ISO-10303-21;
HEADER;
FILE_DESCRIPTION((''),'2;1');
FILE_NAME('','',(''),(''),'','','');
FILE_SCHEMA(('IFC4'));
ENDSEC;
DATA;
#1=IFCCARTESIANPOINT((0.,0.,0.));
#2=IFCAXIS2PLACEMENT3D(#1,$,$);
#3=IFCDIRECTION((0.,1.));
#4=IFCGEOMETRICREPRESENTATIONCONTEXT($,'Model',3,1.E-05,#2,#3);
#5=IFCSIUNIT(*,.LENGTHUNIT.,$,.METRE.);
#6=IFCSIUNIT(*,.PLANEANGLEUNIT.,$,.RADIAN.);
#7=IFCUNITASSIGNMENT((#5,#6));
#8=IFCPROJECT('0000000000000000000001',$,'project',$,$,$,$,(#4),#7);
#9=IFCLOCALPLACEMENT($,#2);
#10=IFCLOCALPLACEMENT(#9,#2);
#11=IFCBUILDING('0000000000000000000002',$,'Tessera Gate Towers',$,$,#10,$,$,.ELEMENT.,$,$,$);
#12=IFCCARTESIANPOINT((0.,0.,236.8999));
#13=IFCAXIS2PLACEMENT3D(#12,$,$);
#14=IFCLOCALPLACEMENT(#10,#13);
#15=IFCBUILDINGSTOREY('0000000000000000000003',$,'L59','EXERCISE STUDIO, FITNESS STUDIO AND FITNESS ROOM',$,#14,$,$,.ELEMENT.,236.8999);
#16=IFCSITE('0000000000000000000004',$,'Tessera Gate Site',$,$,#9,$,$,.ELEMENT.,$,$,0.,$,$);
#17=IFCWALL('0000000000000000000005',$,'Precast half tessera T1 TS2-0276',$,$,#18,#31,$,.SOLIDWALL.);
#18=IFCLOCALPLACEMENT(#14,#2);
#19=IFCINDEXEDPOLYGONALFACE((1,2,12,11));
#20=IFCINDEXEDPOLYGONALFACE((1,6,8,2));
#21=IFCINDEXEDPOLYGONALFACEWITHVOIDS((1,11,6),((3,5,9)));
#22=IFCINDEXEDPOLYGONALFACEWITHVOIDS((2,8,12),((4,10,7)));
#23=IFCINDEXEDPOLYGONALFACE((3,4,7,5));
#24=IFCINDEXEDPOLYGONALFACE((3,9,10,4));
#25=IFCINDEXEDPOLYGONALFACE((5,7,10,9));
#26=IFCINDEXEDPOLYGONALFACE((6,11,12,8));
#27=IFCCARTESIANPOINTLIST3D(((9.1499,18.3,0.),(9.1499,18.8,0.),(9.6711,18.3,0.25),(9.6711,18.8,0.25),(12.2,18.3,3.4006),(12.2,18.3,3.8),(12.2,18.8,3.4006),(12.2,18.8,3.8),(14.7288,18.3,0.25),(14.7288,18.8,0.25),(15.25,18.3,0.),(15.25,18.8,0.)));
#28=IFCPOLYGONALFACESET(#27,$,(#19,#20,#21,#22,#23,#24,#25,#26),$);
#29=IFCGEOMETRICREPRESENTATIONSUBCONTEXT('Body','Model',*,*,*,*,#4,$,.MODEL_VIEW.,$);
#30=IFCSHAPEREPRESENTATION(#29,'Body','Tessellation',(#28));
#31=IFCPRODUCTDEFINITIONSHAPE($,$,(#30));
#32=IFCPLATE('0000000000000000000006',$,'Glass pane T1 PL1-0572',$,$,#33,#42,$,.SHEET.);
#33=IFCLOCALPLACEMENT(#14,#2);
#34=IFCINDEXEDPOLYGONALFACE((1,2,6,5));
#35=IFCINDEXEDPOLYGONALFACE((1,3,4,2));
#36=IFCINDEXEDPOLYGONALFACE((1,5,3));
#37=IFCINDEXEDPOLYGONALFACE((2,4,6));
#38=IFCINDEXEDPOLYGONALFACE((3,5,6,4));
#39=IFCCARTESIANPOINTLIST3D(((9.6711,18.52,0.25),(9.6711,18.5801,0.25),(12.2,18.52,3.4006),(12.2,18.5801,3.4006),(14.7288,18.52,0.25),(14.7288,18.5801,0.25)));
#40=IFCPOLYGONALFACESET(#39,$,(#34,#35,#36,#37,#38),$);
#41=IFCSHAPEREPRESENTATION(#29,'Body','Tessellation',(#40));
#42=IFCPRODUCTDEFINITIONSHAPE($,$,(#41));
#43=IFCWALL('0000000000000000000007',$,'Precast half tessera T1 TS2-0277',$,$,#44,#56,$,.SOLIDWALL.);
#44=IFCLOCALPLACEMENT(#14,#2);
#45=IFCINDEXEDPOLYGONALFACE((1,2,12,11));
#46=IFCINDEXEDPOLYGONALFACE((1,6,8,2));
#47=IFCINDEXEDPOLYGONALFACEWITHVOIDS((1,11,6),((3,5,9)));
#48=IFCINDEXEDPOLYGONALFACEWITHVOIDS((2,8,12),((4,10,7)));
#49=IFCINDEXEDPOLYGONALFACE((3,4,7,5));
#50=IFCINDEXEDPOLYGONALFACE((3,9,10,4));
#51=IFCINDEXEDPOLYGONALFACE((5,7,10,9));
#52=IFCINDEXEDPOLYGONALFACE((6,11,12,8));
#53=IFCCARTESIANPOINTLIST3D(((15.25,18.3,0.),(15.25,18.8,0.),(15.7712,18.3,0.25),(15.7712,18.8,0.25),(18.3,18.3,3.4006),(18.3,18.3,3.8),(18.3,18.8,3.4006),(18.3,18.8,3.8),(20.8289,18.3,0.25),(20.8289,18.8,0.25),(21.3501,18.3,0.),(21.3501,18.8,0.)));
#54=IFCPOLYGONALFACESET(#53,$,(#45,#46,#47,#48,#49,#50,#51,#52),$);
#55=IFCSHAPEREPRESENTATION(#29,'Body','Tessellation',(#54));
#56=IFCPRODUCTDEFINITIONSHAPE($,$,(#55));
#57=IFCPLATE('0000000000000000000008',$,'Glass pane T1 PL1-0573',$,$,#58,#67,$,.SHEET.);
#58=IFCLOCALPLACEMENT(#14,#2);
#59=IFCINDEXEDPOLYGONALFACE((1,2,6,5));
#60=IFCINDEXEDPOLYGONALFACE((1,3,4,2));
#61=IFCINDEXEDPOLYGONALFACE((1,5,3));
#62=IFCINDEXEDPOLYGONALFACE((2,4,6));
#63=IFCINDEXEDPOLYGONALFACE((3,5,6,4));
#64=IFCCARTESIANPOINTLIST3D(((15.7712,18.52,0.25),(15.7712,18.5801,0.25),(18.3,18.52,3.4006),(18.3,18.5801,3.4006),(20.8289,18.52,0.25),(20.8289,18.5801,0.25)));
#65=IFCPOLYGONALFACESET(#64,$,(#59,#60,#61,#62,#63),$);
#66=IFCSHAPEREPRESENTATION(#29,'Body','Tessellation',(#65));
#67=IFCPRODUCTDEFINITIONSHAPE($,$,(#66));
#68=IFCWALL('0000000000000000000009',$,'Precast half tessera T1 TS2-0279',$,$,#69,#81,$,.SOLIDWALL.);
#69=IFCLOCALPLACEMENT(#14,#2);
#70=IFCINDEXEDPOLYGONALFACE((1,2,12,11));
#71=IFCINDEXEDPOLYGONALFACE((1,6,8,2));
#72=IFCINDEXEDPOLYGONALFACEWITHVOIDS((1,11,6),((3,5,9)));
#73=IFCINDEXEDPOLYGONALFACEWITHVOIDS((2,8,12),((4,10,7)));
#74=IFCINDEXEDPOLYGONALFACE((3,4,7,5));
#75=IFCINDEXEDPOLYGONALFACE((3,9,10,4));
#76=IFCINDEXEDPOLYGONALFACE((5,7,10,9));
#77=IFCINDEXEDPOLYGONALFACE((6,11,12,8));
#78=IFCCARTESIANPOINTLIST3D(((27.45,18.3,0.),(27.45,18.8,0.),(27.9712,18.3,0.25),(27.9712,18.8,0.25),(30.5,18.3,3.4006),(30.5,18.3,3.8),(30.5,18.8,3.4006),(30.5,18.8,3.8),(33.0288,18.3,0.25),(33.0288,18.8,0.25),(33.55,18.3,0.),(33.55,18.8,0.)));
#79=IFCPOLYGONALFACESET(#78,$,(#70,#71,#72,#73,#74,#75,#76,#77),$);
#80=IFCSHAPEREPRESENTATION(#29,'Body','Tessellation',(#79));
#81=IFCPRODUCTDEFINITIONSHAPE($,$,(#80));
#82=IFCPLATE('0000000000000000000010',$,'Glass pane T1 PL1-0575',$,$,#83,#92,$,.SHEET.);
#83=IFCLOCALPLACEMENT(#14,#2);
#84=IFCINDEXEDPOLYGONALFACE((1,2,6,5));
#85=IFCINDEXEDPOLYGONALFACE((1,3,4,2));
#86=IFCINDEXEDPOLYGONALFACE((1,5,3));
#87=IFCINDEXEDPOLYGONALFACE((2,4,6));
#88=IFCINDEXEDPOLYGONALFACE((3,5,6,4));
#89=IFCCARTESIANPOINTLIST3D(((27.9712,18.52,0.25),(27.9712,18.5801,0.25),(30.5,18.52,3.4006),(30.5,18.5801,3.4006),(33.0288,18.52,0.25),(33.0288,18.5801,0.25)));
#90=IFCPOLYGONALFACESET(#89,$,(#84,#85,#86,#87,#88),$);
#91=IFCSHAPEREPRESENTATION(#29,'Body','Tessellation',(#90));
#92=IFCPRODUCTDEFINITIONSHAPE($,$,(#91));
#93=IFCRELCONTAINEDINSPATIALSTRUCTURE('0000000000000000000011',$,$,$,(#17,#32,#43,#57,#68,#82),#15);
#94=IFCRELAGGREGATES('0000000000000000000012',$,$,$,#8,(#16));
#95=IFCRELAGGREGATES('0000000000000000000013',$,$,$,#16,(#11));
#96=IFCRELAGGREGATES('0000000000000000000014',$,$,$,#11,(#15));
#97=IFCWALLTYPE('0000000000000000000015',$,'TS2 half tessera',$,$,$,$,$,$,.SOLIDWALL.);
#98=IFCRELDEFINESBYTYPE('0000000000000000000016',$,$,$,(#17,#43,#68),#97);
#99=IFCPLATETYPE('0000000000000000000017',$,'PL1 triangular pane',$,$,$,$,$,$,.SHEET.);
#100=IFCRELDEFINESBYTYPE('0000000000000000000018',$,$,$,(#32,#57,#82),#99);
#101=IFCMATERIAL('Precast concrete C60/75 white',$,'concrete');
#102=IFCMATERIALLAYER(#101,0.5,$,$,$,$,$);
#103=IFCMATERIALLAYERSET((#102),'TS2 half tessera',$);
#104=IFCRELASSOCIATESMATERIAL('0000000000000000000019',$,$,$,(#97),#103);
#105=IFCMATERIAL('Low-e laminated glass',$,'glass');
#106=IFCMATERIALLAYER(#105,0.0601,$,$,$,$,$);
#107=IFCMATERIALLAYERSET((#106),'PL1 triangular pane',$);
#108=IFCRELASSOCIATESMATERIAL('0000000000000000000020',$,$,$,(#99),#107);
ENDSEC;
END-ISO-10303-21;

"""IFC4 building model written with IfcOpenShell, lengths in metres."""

from ifc_helpers import new_model, si_unit, direction, frame, origin, place, context, subcontext, project, spatial, polyline, outline, extrude, source, transform, mapped, material, layer, layer_set, type_object, element, fill, save


model = new_model("IFC4")

# Units and contexts
model_context = context("Model", 3, precision=1e-05, world=origin(), true_north=direction((0.0, 1.0)))
body_context = subcontext(model_context, "Body", "Model", "MODEL_VIEW")
ifc_project = project(units=[si_unit("LENGTHUNIT", "METRE"), si_unit("PLANEANGLEUNIT", "RADIAN")], contexts=[model_context])

# Site, building, storey
site_placement = place(None, origin())
site = spatial("IfcSite", under=ifc_project, at=site_placement, Name="Tessera Gate Site", CompositionType="ELEMENT", RefElevation=0.0)
building_placement = place(site_placement, origin())
building = spatial("IfcBuilding", under=site, at=building_placement, Name="Tessera Gate Towers", CompositionType="ELEMENT")
storey_placement = place(building_placement, frame((0.0, 0.0, 236.8999)))
storey = spatial("IfcBuildingStorey", under=building, at=storey_placement, Name="L59", Description="EXERCISE STUDIO, FITNESS STUDIO AND FITNESS ROOM", CompositionType="ELEMENT", Elevation=236.8999)

# Walls, openings, plates
ifc_material_1 = material(Name="Precast concrete C60/75 white", Category="concrete")
ifc_layer_1 = layer(ifc_material_1, 0.5)
ifc_layer_set_1 = layer_set([ifc_layer_1], Name="TS2 half tessera")
wall_type_1 = type_object("IfcWallType", Name="TS2 half tessera", PredefinedType="SOLIDWALL", material=ifc_layer_set_1)
shared_shape_1 = source(origin(), body_context, "Body", "SweptSolid", [
    extrude(outline(polyline([(6.1001, 0.0), (3.05, 3.8), (0.0, 0.0), (6.1001, 0.0)])), frame((0.0, 0.25, 0.0), z_axis=(0.0, -1.0, 0.0), x_axis=(1.0, 0.0, 0.0)), (0.0, 0.0, 1.0), 0.5),
])
wall_1_placement = place(storey_placement, frame((9.1499, 18.55, 0.0), z_axis=(0.0, 0.0, 1.0), x_axis=(1.0, 0.0, 0.0)))
wall_1 = element("IfcWall", 1, at=wall_1_placement, inside=storey, type_object=wall_type_1, Name="Precast half tessera T1 TS2-0276", PredefinedType="SOLIDWALL", context=body_context, shape_type="MappedRepresentation", body=[
    mapped(shared_shape_1, transform((0.0, 0.0, 0.0), scale=1.0)),
])
shared_shape_2 = source(origin(), body_context, "Body", "SweptSolid", [
    extrude(outline(polyline([(5.5789, 0.25), (3.05, 3.4006), (0.5212, 0.25), (5.5789, 0.25)])), frame((0.0, 0.26, 0.0), z_axis=(0.0, -1.0, 0.0), x_axis=(1.0, 0.0, 0.0)), (0.0, 0.0, 1.0), 0.52),
])
opening_1_placement = place(wall_1_placement, origin())
opening_1 = element("IfcOpeningElement", 2, at=opening_1_placement, cuts=wall_1, PredefinedType="OPENING", context=body_context, shape_type="MappedRepresentation", body=[
    mapped(shared_shape_2, transform((0.0, 0.0, 0.0), scale=1.0)),
])
ifc_material_2 = material(Name="Low-e laminated glass", Category="glass")
ifc_layer_2 = layer(ifc_material_2, 0.0601)
ifc_layer_set_2 = layer_set([ifc_layer_2], Name="PL1 triangular pane")
plate_type = type_object("IfcPlateType", Name="PL1 triangular pane", PredefinedType="SHEET", material=ifc_layer_set_2)
shared_shape_3 = source(origin(), body_context, "Body", "SweptSolid", [
    extrude(outline(polyline([(5.5789, 0.25), (3.05, 3.4006), (0.5212, 0.25), (5.5789, 0.25)])), frame((0.0, 0.03, 0.0), z_axis=(0.0, -1.0, 0.0), x_axis=(1.0, 0.0, 0.0)), (0.0, 0.0, 1.0), 0.0601),
])
plate_1_placement = place(opening_1_placement, origin())
plate_1 = element("IfcPlate", 3, at=plate_1_placement, inside=storey, type_object=plate_type, Name="Glass pane T1 PL1-0572", PredefinedType="SHEET", context=body_context, shape_type="MappedRepresentation", body=[
    mapped(shared_shape_3, transform((0.0, 0.0, 0.0), scale=1.0)),
])
fill(opening_1, plate_1)
wall_2_placement = place(storey_placement, frame((15.25, 18.55, 0.0), z_axis=(0.0, 0.0, 1.0), x_axis=(1.0, 0.0, 0.0)))
wall_2 = element("IfcWall", 4, at=wall_2_placement, inside=storey, type_object=wall_type_1, Name="Precast half tessera T1 TS2-0277", PredefinedType="SOLIDWALL", context=body_context, shape_type="MappedRepresentation", body=[
    mapped(shared_shape_1, transform((0.0, 0.0, 0.0), scale=1.0)),
])
opening_2_placement = place(wall_2_placement, origin())
opening_2 = element("IfcOpeningElement", 5, at=opening_2_placement, cuts=wall_2, PredefinedType="OPENING", context=body_context, shape_type="MappedRepresentation", body=[
    mapped(shared_shape_2, transform((0.0, 0.0, 0.0), scale=1.0)),
])
plate_2_placement = place(opening_2_placement, origin())
plate_2 = element("IfcPlate", 6, at=plate_2_placement, inside=storey, type_object=plate_type, Name="Glass pane T1 PL1-0573", PredefinedType="SHEET", context=body_context, shape_type="MappedRepresentation", body=[
    mapped(shared_shape_3, transform((0.0, 0.0, 0.0), scale=1.0)),
])
fill(opening_2, plate_2)
wall_3_placement = place(storey_placement, frame((27.45, 18.55, 0.0), z_axis=(0.0, 0.0, 1.0), x_axis=(1.0, 0.0, 0.0)))
wall_3 = element("IfcWall", 7, at=wall_3_placement, inside=storey, type_object=wall_type_1, Name="Precast half tessera T1 TS2-0279", PredefinedType="SOLIDWALL", context=body_context, shape_type="MappedRepresentation", body=[
    mapped(shared_shape_1, transform((0.0, 0.0, 0.0), scale=1.0)),
])
opening_3_placement = place(wall_3_placement, origin())
opening_3 = element("IfcOpeningElement", 8, at=opening_3_placement, cuts=wall_3, PredefinedType="OPENING", context=body_context, shape_type="MappedRepresentation", body=[
    mapped(shared_shape_2, transform((0.0, 0.0, 0.0), scale=1.0)),
])
plate_3_placement = place(opening_3_placement, origin())
plate_3 = element("IfcPlate", 9, at=plate_3_placement, inside=storey, type_object=plate_type, Name="Glass pane T1 PL1-0575", PredefinedType="SHEET", context=body_context, shape_type="MappedRepresentation", body=[
    mapped(shared_shape_3, transform((0.0, 0.0, 0.0), scale=1.0)),
])
fill(opening_3, plate_3)

save(model, "model.ifc")
